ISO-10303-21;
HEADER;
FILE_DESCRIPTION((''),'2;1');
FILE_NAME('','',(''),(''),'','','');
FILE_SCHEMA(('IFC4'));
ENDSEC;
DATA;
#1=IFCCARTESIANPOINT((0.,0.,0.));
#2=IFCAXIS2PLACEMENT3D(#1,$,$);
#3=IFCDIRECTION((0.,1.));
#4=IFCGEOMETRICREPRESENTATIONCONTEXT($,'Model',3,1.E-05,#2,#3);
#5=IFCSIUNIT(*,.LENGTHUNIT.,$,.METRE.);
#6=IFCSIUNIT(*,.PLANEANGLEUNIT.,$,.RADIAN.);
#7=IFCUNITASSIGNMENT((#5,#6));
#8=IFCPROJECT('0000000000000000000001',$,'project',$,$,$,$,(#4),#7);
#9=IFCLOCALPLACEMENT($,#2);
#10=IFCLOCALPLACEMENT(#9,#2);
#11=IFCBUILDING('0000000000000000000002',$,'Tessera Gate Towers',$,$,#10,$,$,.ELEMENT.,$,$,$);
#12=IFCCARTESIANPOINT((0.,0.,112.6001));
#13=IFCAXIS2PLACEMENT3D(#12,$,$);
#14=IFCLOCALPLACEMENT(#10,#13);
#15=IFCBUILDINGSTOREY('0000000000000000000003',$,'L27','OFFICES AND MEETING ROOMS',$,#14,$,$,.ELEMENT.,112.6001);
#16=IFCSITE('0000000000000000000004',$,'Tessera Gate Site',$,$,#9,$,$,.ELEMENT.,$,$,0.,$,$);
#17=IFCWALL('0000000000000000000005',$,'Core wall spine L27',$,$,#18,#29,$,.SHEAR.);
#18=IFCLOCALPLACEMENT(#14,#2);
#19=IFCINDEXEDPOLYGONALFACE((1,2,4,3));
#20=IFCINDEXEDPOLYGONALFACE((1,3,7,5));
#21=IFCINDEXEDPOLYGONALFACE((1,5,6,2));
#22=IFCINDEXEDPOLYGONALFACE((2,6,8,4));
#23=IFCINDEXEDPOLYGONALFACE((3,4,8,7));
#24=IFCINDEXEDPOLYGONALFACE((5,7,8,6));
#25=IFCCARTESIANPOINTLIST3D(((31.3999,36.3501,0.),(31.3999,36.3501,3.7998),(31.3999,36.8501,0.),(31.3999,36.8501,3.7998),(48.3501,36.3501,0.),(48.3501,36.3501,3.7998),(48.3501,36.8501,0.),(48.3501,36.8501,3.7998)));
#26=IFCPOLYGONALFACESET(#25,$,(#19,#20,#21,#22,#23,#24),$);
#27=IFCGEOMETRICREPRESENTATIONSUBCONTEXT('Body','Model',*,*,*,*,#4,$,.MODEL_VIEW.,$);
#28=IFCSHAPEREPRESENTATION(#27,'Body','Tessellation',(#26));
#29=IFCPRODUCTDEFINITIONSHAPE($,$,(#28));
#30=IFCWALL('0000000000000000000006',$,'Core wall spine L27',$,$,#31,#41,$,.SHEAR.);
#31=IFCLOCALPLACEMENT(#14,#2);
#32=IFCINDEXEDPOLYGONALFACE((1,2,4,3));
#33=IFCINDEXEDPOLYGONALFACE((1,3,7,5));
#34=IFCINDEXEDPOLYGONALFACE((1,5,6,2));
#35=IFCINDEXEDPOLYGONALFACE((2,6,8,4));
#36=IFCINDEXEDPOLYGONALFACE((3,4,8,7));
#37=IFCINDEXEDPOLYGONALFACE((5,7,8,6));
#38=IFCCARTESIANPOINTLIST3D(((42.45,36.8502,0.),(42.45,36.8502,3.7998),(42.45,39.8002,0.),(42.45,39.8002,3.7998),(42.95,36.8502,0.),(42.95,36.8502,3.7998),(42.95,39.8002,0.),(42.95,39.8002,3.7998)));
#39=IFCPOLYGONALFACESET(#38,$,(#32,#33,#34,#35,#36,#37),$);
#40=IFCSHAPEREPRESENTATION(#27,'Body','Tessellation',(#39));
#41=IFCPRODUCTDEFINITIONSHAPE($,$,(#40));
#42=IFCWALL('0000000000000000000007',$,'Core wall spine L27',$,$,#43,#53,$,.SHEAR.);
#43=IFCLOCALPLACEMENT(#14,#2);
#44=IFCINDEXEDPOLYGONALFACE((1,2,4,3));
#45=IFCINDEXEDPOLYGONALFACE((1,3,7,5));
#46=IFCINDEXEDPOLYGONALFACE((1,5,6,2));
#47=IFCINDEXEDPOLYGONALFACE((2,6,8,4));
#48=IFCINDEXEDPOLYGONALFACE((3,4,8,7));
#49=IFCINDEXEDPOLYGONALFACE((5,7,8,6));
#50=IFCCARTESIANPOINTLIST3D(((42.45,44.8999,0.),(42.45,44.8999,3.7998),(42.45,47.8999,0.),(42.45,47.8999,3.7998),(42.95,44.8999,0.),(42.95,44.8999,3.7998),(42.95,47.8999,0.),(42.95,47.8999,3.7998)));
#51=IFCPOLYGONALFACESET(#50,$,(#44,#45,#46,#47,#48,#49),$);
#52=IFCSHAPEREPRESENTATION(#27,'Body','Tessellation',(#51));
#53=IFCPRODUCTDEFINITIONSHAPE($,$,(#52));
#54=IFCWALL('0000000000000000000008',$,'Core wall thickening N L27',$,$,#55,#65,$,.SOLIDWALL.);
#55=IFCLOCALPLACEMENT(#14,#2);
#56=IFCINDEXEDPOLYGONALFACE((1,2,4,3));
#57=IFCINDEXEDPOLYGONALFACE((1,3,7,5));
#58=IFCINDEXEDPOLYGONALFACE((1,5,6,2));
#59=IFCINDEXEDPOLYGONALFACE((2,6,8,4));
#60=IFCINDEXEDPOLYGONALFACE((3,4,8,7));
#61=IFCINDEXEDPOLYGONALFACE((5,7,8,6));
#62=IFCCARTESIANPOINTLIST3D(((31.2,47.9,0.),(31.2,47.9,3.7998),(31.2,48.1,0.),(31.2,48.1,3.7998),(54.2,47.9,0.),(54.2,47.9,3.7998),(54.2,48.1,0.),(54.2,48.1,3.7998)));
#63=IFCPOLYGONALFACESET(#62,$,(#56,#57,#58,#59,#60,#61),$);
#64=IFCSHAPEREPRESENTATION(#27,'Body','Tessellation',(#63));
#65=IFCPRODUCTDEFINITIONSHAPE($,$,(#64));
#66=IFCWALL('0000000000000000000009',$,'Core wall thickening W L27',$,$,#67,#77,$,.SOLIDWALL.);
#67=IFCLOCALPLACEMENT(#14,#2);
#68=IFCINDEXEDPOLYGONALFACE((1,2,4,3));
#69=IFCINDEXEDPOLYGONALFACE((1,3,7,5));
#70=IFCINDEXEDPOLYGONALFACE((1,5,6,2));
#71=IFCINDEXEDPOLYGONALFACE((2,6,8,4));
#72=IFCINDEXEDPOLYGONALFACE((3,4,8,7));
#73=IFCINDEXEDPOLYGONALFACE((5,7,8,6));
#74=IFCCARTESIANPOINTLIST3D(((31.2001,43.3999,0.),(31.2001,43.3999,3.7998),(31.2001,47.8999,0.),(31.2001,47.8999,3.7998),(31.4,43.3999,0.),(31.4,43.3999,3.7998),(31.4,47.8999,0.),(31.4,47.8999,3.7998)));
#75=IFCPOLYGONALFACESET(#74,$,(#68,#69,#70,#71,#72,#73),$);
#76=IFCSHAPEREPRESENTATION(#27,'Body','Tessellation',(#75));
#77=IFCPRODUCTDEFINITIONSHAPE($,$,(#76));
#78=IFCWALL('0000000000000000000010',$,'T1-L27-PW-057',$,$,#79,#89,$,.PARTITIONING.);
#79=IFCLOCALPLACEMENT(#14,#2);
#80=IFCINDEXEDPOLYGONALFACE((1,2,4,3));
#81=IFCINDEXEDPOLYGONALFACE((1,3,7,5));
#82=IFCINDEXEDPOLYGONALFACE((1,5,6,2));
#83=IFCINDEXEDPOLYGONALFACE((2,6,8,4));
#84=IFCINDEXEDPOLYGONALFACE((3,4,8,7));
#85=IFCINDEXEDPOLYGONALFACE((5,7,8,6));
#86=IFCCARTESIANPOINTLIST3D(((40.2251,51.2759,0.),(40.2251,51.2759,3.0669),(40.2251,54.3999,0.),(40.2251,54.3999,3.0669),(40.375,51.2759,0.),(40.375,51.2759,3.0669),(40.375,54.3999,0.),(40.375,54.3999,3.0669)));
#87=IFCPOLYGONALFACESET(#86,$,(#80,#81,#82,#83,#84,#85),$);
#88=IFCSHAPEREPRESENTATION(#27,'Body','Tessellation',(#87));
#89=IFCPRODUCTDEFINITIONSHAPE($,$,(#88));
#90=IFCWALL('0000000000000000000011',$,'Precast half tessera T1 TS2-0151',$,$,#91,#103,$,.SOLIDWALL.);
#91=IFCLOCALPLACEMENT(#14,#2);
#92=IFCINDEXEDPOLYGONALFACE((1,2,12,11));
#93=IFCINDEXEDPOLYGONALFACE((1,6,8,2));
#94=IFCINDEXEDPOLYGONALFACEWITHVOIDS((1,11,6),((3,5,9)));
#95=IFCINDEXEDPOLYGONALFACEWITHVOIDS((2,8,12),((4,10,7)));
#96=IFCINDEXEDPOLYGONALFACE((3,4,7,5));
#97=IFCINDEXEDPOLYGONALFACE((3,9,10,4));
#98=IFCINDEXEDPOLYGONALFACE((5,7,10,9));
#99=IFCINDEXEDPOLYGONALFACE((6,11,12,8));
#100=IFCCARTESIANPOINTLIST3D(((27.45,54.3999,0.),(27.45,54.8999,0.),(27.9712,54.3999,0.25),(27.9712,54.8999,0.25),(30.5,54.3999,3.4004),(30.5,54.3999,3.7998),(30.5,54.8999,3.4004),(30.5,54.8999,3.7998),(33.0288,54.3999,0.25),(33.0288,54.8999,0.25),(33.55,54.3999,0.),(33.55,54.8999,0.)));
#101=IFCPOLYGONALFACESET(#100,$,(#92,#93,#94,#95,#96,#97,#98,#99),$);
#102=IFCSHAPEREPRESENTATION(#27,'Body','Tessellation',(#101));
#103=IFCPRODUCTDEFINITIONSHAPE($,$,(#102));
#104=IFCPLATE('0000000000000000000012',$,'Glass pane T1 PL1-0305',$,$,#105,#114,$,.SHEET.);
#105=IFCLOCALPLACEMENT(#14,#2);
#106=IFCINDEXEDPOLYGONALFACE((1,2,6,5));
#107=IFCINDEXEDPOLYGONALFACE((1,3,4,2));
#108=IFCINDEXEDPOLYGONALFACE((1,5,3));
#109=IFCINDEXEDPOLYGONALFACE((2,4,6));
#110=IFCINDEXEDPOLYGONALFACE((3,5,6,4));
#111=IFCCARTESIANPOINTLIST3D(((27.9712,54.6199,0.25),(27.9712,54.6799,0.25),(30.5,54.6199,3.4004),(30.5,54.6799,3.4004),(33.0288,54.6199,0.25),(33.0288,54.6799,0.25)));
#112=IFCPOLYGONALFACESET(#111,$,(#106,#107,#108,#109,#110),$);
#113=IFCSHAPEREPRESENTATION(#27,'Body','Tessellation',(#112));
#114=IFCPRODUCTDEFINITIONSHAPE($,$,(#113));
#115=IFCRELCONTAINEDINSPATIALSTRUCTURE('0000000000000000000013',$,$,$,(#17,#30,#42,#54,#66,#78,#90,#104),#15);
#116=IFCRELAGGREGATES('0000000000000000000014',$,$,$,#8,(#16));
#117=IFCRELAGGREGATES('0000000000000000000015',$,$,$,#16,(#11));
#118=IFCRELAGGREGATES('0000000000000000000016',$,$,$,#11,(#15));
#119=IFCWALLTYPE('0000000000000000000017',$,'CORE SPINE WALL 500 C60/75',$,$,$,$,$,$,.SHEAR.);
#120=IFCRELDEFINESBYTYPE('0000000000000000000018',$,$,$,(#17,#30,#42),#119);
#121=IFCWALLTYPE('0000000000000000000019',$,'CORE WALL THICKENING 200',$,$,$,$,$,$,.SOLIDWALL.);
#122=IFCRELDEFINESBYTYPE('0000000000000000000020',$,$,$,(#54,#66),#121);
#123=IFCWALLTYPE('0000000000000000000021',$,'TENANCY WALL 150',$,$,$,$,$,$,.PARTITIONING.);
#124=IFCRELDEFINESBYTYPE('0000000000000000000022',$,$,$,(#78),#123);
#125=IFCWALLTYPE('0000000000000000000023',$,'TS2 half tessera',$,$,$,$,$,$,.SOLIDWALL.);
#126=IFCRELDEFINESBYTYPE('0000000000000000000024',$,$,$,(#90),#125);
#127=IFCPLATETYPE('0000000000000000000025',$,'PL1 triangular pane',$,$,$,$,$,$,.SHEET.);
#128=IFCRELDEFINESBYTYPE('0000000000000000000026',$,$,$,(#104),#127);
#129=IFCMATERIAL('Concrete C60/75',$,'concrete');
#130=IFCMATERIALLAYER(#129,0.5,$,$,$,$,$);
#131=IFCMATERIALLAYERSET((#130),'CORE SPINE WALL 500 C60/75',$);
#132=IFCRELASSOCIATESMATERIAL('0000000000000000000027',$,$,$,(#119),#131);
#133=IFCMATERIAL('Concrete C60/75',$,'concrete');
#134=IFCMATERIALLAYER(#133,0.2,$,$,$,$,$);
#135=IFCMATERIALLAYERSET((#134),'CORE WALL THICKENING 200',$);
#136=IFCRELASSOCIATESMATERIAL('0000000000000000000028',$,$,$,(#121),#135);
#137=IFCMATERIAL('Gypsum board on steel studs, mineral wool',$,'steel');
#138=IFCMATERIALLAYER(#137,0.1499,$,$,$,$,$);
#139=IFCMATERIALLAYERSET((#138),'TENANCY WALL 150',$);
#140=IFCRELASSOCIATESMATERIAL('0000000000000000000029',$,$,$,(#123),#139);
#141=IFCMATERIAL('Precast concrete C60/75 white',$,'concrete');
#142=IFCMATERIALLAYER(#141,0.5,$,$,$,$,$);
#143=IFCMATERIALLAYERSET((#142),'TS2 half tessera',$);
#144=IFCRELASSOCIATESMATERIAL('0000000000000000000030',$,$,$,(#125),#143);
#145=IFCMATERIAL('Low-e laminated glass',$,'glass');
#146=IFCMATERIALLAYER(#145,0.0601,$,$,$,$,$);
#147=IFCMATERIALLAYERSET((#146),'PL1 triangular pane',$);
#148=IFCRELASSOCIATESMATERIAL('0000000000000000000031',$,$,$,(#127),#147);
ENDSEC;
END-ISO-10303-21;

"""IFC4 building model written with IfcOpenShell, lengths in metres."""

from ifc_helpers import new_model, si_unit, direction, frame, frame_2d, origin, place, context, subcontext, project, spatial, polyline, rectangle, outline, extrude, source, transform, mapped, material, layer, layer_set, type_object, element, fill, save


model = new_model("IFC4")

# Units and contexts
model_context = context("Model", 3, precision=1e-05, world=origin(), true_north=direction((0.0, 1.0)))
body_context = subcontext(model_context, "Body", "Model", "MODEL_VIEW")
ifc_project = project(units=[si_unit("LENGTHUNIT", "METRE"), si_unit("PLANEANGLEUNIT", "RADIAN")], contexts=[model_context])

# Site, building, storey
site_placement = place(None, origin())
site = spatial("IfcSite", under=ifc_project, at=site_placement, Name="Tessera Gate Site", CompositionType="ELEMENT", RefElevation=0.0)
building_placement = place(site_placement, origin())
building = spatial("IfcBuilding", under=site, at=building_placement, Name="Tessera Gate Towers", CompositionType="ELEMENT")
storey_placement = place(building_placement, frame((0.0, 0.0, 112.6001)))
storey = spatial("IfcBuildingStorey", under=building, at=storey_placement, Name="L27", Description="OFFICES AND MEETING ROOMS", CompositionType="ELEMENT", Elevation=112.6001)

# Walls
ifc_material_1 = material(Name="Concrete C60/75", Category="concrete")
ifc_layer_1 = layer(ifc_material_1, 0.5)
ifc_layer_set_1 = layer_set([ifc_layer_1], Name="CORE SPINE WALL 500 C60/75")
wall_type_1 = type_object("IfcWallType", Name="CORE SPINE WALL 500 C60/75", PredefinedType="SHEAR", material=ifc_layer_set_1)
wall_1_placement = place(storey_placement, frame((31.3999, 36.6001, 0.0), z_axis=(0.0, 0.0, 1.0), x_axis=(1.0, 0.0, 0.0)))
element("IfcWall", 1, at=wall_1_placement, inside=storey, type_object=wall_type_1, Name="Core wall spine L27", PredefinedType="SHEAR", context=body_context, shape_type="SweptSolid", body=[
    extrude(rectangle(XDim=16.9502, YDim=0.5, at=frame_2d((8.4751, 0.0))), origin(), (0.0, 0.0, 1.0), 3.7998),
])
wall_2_placement = place(storey_placement, frame((42.7, 36.8501, 0.0), z_axis=(0.0, 0.0, 1.0), x_axis=(0.0, 1.0, 0.0)))
element("IfcWall", 2, at=wall_2_placement, inside=storey, type_object=wall_type_1, Name="Core wall spine L27", PredefinedType="SHEAR", context=body_context, shape_type="SweptSolid", body=[
    extrude(rectangle(XDim=2.95, YDim=0.5, at=frame_2d((1.4751, 0.0))), origin(), (0.0, 0.0, 1.0), 3.7998),
])
wall_3_placement = place(storey_placement, frame((42.7, 44.8999, 0.0), z_axis=(0.0, 0.0, 1.0), x_axis=(0.0, 1.0, 0.0)))
element("IfcWall", 3, at=wall_3_placement, inside=storey, type_object=wall_type_1, Name="Core wall spine L27", PredefinedType="SHEAR", context=body_context, shape_type="SweptSolid", body=[
    extrude(rectangle(XDim=3.0, YDim=0.5, at=frame_2d((1.5, 0.0))), origin(), (0.0, 0.0, 1.0), 3.7998),
])
ifc_material_2 = material(Name="Concrete C60/75", Category="concrete")
ifc_layer_2 = layer(ifc_material_2, 0.2)
ifc_layer_set_2 = layer_set([ifc_layer_2], Name="CORE WALL THICKENING 200")
wall_type_2 = type_object("IfcWallType", Name="CORE WALL THICKENING 200", PredefinedType="SOLIDWALL", material=ifc_layer_set_2)
wall_4_placement = place(storey_placement, frame((31.2, 48.0, 0.0), z_axis=(0.0, 0.0, 1.0), x_axis=(1.0, 0.0, 0.0)))
element("IfcWall", 4, at=wall_4_placement, inside=storey, type_object=wall_type_2, Name="Core wall thickening N L27", PredefinedType="SOLIDWALL", context=body_context, shape_type="SweptSolid", body=[
    extrude(rectangle(XDim=23.0, YDim=0.2, at=frame_2d((11.5, 0.0))), origin(), (0.0, 0.0, 1.0), 3.7998),
])
wall_5_placement = place(storey_placement, frame((31.3, 43.3999, 0.0), z_axis=(0.0, 0.0, 1.0), x_axis=(0.0, 1.0, 0.0)))
element("IfcWall", 5, at=wall_5_placement, inside=storey, type_object=wall_type_2, Name="Core wall thickening W L27", PredefinedType="SOLIDWALL", context=body_context, shape_type="SweptSolid", body=[
    extrude(rectangle(XDim=4.5, YDim=0.2, at=frame_2d((2.25, 0.0))), origin(), (0.0, 0.0, 1.0), 3.7998),
])
ifc_material_3 = material(Name="Gypsum board on steel studs, mineral wool", Category="steel")
ifc_layer_3 = layer(ifc_material_3, 0.1499)
ifc_layer_set_3 = layer_set([ifc_layer_3], Name="TENANCY WALL 150")
wall_type_3 = type_object("IfcWallType", Name="TENANCY WALL 150", PredefinedType="PARTITIONING", material=ifc_layer_set_3)
wall_6_placement = place(storey_placement, frame((40.3, 51.2759, 0.0), z_axis=(0.0, 0.0, 1.0), x_axis=(0.0, 1.0, 0.0)))
element("IfcWall", 6, at=wall_6_placement, inside=storey, type_object=wall_type_3, Name="T1-L27-PW-057", PredefinedType="PARTITIONING", context=body_context, shape_type="SweptSolid", body=[
    extrude(rectangle(XDim=3.124, YDim=0.1499, at=frame_2d((1.562, 0.0))), origin(), (0.0, 0.0, 1.0), 3.0669),
])

# Wall, opening, plate
ifc_material_4 = material(Name="Precast concrete C60/75 white", Category="concrete")
ifc_layer_4 = layer(ifc_material_4, 0.5)
ifc_layer_set_4 = layer_set([ifc_layer_4], Name="TS2 half tessera")
wall_type_4 = type_object("IfcWallType", Name="TS2 half tessera", PredefinedType="SOLIDWALL", material=ifc_layer_set_4)
shared_shape_1 = source(origin(), body_context, "Body", "SweptSolid", [
    extrude(outline(polyline([(6.1001, 0.0), (3.05, 3.7998), (0.0, 0.0), (6.1001, 0.0)])), frame((0.0, 0.25, 0.0), z_axis=(0.0, -1.0, 0.0), x_axis=(1.0, 0.0, 0.0)), (0.0, 0.0, 1.0), 0.5),
])
wall_7_placement = place(storey_placement, frame((33.55, 54.6499, 0.0), z_axis=(0.0, 0.0, 1.0), x_axis=(-1.0, 0.0, 0.0)))
wall_7 = element("IfcWall", 7, at=wall_7_placement, inside=storey, type_object=wall_type_4, Name="Precast half tessera T1 TS2-0151", PredefinedType="SOLIDWALL", context=body_context, shape_type="MappedRepresentation", body=[
    mapped(shared_shape_1, transform((0.0, 0.0, 0.0), scale=1.0)),
])
shared_shape_2 = source(origin(), body_context, "Body", "SweptSolid", [
    extrude(outline(polyline([(5.5789, 0.25), (3.05, 3.4004), (0.5212, 0.25), (5.5789, 0.25)])), frame((0.0, 0.26, 0.0), z_axis=(0.0, -1.0, 0.0), x_axis=(1.0, 0.0, 0.0)), (0.0, 0.0, 1.0), 0.52),
])
opening_1_placement = place(wall_7_placement, origin())
opening_1 = element("IfcOpeningElement", 8, at=opening_1_placement, cuts=wall_7, PredefinedType="OPENING", context=body_context, shape_type="MappedRepresentation", body=[
    mapped(shared_shape_2, transform((0.0, 0.0, 0.0), scale=1.0)),
])
ifc_material_5 = material(Name="Low-e laminated glass", Category="glass")
ifc_layer_5 = layer(ifc_material_5, 0.0601)
ifc_layer_set_5 = layer_set([ifc_layer_5], Name="PL1 triangular pane")
plate_type = type_object("IfcPlateType", Name="PL1 triangular pane", PredefinedType="SHEET", material=ifc_layer_set_5)
shared_shape_3 = source(origin(), body_context, "Body", "SweptSolid", [
    extrude(outline(polyline([(5.5789, 0.25), (3.05, 3.4004), (0.5212, 0.25), (5.5789, 0.25)])), frame((0.0, 0.03, 0.0), z_axis=(0.0, -1.0, 0.0), x_axis=(1.0, 0.0, 0.0)), (0.0, 0.0, 1.0), 0.0601),
])
plate_placement = place(opening_1_placement, origin())
plate = element("IfcPlate", 9, at=plate_placement, inside=storey, type_object=plate_type, Name="Glass pane T1 PL1-0305", PredefinedType="SHEET", context=body_context, shape_type="MappedRepresentation", body=[
    mapped(shared_shape_3, transform((0.0, 0.0, 0.0), scale=1.0)),
])
fill(opening_1, plate)

save(model, "model.ifc")
